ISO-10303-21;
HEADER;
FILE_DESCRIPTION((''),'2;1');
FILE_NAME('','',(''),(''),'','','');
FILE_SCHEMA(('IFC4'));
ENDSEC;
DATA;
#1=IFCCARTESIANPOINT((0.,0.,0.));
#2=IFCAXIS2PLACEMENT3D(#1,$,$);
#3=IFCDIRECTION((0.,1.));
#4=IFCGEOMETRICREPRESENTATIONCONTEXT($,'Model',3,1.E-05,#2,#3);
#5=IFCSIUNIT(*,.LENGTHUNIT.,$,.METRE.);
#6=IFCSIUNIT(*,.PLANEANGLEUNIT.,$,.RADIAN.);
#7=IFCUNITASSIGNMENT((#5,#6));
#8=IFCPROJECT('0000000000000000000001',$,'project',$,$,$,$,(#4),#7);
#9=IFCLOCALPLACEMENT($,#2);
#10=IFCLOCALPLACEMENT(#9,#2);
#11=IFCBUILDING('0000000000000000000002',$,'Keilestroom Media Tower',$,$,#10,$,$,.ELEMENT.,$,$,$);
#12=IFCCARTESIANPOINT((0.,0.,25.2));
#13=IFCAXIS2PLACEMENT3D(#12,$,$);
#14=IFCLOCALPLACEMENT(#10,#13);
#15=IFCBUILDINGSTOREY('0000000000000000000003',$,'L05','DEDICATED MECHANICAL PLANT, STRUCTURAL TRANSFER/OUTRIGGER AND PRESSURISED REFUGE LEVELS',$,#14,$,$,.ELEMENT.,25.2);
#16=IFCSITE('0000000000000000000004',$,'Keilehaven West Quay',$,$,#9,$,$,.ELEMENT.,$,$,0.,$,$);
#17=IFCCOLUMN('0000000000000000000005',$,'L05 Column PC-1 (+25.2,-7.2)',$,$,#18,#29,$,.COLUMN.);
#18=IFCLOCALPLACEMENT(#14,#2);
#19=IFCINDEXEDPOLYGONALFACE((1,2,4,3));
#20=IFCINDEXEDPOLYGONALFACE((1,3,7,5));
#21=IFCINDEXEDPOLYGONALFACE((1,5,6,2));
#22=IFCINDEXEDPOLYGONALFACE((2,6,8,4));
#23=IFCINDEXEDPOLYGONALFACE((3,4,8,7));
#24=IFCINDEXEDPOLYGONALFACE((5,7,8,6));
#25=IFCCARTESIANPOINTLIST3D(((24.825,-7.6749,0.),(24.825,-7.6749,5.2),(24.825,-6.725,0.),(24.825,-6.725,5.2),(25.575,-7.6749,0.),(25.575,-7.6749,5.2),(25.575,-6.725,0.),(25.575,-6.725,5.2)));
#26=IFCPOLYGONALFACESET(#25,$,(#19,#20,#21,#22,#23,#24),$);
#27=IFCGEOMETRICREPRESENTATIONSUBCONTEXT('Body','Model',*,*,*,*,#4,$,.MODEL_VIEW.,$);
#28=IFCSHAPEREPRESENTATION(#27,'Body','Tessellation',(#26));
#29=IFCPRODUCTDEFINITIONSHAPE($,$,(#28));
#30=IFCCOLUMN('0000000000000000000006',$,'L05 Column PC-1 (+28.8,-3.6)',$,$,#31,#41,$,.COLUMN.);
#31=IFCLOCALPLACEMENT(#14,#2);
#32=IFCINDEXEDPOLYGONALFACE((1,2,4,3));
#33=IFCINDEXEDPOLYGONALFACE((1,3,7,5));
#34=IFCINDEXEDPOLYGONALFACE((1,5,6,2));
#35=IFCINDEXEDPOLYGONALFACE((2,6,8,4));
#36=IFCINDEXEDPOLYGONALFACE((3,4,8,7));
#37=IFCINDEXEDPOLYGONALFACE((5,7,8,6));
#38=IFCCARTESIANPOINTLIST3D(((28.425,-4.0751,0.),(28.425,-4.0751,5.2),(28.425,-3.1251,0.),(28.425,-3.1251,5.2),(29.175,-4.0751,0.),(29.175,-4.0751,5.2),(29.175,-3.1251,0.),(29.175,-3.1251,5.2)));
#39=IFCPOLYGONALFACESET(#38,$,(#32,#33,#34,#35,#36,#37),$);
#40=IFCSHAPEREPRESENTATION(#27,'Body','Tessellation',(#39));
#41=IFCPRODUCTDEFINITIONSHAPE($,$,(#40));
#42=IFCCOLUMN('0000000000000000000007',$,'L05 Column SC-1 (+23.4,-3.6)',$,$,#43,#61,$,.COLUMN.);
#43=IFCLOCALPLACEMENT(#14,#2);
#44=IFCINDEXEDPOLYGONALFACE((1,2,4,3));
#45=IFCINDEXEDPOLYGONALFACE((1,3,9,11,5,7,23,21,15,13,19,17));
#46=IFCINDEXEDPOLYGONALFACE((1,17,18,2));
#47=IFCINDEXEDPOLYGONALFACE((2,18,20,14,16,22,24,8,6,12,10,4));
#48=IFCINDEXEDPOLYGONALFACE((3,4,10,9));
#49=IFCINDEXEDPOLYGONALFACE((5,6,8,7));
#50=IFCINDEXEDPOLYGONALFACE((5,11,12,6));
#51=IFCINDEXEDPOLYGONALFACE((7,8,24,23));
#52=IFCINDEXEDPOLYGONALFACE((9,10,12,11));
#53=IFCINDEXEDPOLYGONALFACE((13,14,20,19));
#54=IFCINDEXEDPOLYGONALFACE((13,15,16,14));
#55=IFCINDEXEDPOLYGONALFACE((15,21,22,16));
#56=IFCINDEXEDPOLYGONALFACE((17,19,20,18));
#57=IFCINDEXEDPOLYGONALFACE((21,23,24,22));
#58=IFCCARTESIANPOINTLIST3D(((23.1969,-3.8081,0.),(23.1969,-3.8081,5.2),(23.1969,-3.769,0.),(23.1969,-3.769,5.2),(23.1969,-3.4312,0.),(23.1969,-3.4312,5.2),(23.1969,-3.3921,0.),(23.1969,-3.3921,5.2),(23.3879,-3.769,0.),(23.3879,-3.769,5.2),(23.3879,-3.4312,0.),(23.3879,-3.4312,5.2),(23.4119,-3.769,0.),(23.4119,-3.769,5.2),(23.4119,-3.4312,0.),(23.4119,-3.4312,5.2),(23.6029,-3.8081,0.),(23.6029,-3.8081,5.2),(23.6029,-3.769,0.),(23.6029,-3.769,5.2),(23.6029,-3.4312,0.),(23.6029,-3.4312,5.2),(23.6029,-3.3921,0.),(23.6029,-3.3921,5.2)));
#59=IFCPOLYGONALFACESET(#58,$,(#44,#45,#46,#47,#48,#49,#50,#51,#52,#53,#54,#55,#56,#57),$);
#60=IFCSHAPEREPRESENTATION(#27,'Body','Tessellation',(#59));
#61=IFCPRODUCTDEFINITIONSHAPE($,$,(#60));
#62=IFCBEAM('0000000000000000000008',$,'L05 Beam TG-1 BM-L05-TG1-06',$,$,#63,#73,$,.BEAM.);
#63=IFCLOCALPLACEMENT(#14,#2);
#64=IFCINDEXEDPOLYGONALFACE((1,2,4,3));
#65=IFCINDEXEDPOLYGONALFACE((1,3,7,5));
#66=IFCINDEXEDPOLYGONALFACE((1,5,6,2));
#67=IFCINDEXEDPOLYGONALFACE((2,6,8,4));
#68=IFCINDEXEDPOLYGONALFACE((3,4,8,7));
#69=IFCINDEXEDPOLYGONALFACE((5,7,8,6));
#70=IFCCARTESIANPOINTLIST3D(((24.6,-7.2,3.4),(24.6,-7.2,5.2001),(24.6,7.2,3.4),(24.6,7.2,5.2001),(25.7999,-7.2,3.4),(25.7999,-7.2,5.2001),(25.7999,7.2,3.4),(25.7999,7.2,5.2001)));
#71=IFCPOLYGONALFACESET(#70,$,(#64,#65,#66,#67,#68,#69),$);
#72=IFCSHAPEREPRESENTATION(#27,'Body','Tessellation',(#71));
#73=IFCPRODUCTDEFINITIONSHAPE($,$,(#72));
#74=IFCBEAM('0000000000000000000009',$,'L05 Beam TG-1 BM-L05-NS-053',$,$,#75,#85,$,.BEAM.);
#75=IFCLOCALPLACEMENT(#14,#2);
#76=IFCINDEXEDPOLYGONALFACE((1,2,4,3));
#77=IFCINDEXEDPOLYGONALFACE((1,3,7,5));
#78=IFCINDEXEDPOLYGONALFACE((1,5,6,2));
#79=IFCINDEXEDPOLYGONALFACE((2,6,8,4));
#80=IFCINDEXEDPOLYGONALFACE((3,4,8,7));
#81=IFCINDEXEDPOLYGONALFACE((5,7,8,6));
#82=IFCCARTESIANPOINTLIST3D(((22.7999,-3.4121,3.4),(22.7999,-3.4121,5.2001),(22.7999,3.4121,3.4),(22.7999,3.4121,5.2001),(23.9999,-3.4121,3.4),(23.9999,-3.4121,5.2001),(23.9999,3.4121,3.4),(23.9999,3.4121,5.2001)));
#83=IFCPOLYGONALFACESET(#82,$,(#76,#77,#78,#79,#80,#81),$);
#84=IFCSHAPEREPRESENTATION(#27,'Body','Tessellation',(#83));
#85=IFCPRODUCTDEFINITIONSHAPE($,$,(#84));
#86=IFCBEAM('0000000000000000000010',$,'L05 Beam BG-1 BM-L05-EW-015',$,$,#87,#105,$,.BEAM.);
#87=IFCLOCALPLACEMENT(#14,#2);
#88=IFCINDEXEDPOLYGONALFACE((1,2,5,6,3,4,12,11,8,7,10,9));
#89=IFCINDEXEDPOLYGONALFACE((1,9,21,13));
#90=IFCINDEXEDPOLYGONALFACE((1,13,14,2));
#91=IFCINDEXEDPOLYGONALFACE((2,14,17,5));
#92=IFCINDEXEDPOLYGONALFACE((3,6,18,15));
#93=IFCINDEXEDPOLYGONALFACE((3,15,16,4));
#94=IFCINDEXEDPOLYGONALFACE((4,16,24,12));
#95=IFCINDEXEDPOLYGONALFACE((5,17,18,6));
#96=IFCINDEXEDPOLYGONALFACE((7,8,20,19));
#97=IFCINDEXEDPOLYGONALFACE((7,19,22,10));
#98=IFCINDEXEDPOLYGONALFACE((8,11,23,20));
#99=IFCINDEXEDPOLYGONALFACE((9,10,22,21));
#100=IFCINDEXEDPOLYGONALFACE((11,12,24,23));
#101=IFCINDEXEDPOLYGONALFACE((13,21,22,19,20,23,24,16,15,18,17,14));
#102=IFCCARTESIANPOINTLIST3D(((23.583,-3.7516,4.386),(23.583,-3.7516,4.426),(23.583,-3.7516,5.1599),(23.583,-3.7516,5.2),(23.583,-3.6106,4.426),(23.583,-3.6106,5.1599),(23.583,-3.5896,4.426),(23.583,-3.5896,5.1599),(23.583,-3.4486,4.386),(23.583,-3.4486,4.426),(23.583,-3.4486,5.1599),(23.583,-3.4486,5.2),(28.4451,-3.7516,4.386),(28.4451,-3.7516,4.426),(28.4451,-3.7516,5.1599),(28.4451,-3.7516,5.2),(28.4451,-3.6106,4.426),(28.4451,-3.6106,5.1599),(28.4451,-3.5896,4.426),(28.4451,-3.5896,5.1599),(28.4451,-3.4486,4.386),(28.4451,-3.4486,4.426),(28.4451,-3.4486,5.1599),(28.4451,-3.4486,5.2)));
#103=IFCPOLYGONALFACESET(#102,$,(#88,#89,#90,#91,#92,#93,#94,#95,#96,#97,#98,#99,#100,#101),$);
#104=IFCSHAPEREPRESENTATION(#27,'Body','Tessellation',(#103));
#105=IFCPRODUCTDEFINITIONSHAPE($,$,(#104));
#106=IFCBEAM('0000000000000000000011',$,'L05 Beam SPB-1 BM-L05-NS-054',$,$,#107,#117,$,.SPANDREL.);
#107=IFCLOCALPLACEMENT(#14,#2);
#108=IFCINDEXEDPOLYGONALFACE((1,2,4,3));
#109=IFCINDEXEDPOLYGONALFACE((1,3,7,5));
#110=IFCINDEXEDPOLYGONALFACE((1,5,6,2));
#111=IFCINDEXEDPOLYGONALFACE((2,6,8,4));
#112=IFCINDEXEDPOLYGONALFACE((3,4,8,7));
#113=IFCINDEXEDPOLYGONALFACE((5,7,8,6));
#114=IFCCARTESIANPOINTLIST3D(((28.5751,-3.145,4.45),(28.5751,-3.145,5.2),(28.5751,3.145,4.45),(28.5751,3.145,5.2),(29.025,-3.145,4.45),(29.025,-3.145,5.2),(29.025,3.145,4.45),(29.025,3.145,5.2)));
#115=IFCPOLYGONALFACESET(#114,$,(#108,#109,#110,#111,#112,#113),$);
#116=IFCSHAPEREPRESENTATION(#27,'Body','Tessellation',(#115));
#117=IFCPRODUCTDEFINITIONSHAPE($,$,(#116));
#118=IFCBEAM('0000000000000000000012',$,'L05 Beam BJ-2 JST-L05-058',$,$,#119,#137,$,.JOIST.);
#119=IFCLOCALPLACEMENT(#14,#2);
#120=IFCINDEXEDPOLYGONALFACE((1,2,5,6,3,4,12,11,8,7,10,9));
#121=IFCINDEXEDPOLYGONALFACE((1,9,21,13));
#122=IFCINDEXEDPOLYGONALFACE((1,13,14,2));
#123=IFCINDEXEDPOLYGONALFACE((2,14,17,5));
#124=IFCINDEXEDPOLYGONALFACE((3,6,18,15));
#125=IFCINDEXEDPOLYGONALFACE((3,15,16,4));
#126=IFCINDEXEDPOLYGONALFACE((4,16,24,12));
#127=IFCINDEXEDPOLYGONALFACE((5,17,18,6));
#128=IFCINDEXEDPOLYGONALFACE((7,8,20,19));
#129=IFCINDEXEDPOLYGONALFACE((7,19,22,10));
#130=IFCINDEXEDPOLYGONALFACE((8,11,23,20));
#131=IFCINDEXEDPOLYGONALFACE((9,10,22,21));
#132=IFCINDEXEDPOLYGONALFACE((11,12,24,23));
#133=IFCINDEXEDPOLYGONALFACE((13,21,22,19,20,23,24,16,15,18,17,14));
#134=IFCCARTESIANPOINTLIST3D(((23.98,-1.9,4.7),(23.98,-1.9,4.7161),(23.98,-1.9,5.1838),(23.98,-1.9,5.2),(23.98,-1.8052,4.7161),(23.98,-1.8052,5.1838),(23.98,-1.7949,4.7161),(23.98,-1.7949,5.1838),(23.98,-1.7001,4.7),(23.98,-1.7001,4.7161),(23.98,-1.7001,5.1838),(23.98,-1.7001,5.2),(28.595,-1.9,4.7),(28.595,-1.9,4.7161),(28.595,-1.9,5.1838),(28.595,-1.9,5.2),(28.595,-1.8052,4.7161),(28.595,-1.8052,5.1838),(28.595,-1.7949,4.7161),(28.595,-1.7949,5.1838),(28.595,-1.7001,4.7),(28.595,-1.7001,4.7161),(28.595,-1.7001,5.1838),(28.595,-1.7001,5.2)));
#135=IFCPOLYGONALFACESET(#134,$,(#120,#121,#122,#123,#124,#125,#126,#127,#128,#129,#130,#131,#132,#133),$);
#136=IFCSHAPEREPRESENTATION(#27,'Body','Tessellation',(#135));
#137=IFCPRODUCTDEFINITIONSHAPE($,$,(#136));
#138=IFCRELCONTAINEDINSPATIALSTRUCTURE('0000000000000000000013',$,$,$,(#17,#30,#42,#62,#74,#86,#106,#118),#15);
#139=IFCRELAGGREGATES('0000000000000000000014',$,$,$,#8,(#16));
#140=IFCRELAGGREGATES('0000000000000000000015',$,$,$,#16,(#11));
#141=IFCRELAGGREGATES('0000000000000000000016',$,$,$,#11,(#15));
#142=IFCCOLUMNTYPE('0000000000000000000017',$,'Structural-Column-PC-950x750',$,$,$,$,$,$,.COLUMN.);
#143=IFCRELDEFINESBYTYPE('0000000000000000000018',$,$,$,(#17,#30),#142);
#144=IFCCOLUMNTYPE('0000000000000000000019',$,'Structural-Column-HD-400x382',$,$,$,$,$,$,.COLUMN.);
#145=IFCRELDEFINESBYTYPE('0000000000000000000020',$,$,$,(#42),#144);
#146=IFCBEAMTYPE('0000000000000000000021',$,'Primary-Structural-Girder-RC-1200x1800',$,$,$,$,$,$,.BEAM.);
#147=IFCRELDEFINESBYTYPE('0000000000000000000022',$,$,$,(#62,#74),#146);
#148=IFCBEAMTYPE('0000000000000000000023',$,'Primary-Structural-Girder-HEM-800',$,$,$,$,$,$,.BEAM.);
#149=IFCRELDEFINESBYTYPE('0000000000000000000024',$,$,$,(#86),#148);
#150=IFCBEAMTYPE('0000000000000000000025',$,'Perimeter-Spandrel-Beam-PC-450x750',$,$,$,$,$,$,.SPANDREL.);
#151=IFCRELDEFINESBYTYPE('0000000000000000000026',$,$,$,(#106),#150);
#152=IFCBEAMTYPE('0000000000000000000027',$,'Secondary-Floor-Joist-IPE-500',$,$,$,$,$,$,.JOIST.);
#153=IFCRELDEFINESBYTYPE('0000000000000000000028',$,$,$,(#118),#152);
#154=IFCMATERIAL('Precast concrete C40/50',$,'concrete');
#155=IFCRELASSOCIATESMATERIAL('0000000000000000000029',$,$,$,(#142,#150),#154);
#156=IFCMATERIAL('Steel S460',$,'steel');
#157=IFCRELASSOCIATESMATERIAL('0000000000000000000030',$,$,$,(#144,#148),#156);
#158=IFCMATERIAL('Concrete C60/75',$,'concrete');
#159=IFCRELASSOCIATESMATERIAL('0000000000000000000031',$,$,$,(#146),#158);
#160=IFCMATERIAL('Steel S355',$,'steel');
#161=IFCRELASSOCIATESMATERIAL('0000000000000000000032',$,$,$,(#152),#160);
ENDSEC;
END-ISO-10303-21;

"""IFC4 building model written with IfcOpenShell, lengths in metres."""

from ifc_helpers import new_model, si_unit, direction, frame, origin, origin_2d, place, context, subcontext, project, spatial, rectangle, i_section, extrude, source, transform, mapped, material, material_profile, profile_set, type_object, element, save


model = new_model("IFC4")

# Units and contexts
model_context = context("Model", 3, precision=1e-05, world=origin(), true_north=direction((0.0, 1.0)))
body_context = subcontext(model_context, "Body", "Model", "MODEL_VIEW")
ifc_project = project(units=[si_unit("LENGTHUNIT", "METRE"), si_unit("PLANEANGLEUNIT", "RADIAN")], contexts=[model_context])

# Site, building, storey
site_placement = place(None, origin())
site = spatial("IfcSite", under=ifc_project, at=site_placement, Name="Keilehaven West Quay", CompositionType="ELEMENT", RefElevation=0.0)
building_placement = place(site_placement, origin())
building = spatial("IfcBuilding", under=site, at=building_placement, Name="Keilestroom Media Tower", CompositionType="ELEMENT")
storey_placement = place(building_placement, frame((0.0, 0.0, 25.2)))
storey = spatial("IfcBuildingStorey", under=building, at=storey_placement, Name="L05", Description="DEDICATED MECHANICAL PLANT, STRUCTURAL TRANSFER/OUTRIGGER AND PRESSURISED REFUGE LEVELS", CompositionType="ELEMENT", Elevation=25.2)

# Columns
ifc_material_1 = material(Name="Precast concrete C40/50", Category="concrete")
ifc_material_profile_1 = material_profile(ifc_material_1, rectangle(XDim=0.75, YDim=0.95, at=origin_2d()), Name="PC 950x750")
ifc_profile_set_1 = profile_set([ifc_material_profile_1], Name="Precast concrete C40/50")
column_type_1 = type_object("IfcColumnType", Name="Structural-Column-PC-950x750", PredefinedType="COLUMN", material=ifc_profile_set_1)
shared_shape_1 = source(origin(), body_context, "Body", "SweptSolid", [
    extrude(rectangle(XDim=0.75, YDim=0.95, at=origin_2d()), origin(), (0.0, 0.0, 1.0), 5.2),
])
for number, where, z_axis, x_axis, name in (
    (1, (25.2, -7.2, 0.0), (0.0, 0.0, 1.0), (1.0, 0.0, 0.0), "L05 Column PC-1 (+25.2,-7.2)"),
    (2, (28.8, -3.6001, 0.0), (0.0, 0.0, 1.0), (1.0, 0.0, 0.0), "L05 Column PC-1 (+28.8,-3.6)"),
):
    element("IfcColumn", number, at=place(storey_placement, frame(where, z_axis=z_axis, x_axis=x_axis)), inside=storey, type_object=column_type_1, Name=name, PredefinedType="COLUMN", context=body_context, shape_type="MappedRepresentation", body=[
        mapped(shared_shape_1, transform((0.0, 0.0, 0.0), x_axis=(1.0, 0.0, 0.0), y_axis=(0.0, 1.0, 0.0), z_axis=(0.0, 0.0, 1.0), scale=1.0)),
    ])
ifc_material_2 = material(Name="Steel S460", Category="steel")
ifc_material_profile_2 = material_profile(ifc_material_2, i_section(OverallWidth=0.406, OverallDepth=0.416, WebThickness=0.0239, FlangeThickness=0.0391, at=origin_2d()), Name="HD 400x382")
ifc_profile_set_2 = profile_set([ifc_material_profile_2], Name="Steel S460")
column_type_2 = type_object("IfcColumnType", Name="Structural-Column-HD-400x382", PredefinedType="COLUMN", material=ifc_profile_set_2)
shared_shape_2 = source(origin(), body_context, "Body", "SweptSolid", [
    extrude(i_section(OverallWidth=0.406, OverallDepth=0.416, WebThickness=0.0239, FlangeThickness=0.0391, at=origin_2d()), origin(), (0.0, 0.0, 1.0), 5.2),
])
column_placement = place(storey_placement, frame((23.3999, -3.6001, 0.0), z_axis=(0.0, 0.0, 1.0), x_axis=(1.0, 0.0, 0.0)))
element("IfcColumn", 3, at=column_placement, inside=storey, type_object=column_type_2, Name="L05 Column SC-1 (+23.4,-3.6)", PredefinedType="COLUMN", context=body_context, shape_type="MappedRepresentation", body=[
    mapped(shared_shape_2, transform((0.0, 0.0, 0.0), x_axis=(1.0, 0.0, 0.0), y_axis=(0.0, 1.0, 0.0), z_axis=(0.0, 0.0, 1.0), scale=1.0)),
])

# Beams
ifc_material_3 = material(Name="Concrete C60/75", Category="concrete")
ifc_material_profile_3 = material_profile(ifc_material_3, rectangle(XDim=1.2, YDim=1.8, at=origin_2d()), Name="RC 1200x1800")
ifc_profile_set_3 = profile_set([ifc_material_profile_3], Name="Concrete C60/75")
beam_type_1 = type_object("IfcBeamType", Name="Primary-Structural-Girder-RC-1200x1800", PredefinedType="BEAM", material=ifc_profile_set_3)
shared_shape_3 = source(origin(), body_context, "Body", "SweptSolid", [
    extrude(rectangle(XDim=1.2, YDim=1.8, at=origin_2d()), origin(), (0.0, 0.0, 1.0), 14.3999),
])
beam_1_placement = place(storey_placement, frame((25.2, -7.2, 4.3), z_axis=(0.0, 1.0, 0.0), x_axis=(-1.0, 0.0, 0.0)))
element("IfcBeam", 4, at=beam_1_placement, inside=storey, type_object=beam_type_1, Name="L05 Beam TG-1 BM-L05-TG1-06", PredefinedType="BEAM", context=body_context, shape_type="MappedRepresentation", body=[
    mapped(shared_shape_3, transform((0.0, 0.0, 0.0), x_axis=(1.0, 0.0, 0.0), y_axis=(0.0, 1.0, 0.0), z_axis=(0.0, 0.0, 1.0), scale=1.0)),
])
shared_shape_4 = source(origin(), body_context, "Body", "SweptSolid", [
    extrude(rectangle(XDim=1.2, YDim=1.8, at=origin_2d()), origin(), (0.0, 0.0, 1.0), 6.8242),
])
beam_2_placement = place(storey_placement, frame((23.3999, -3.4121, 4.3), z_axis=(0.0, 1.0, 0.0), x_axis=(-1.0, 0.0, 0.0)))
element("IfcBeam", 5, at=beam_2_placement, inside=storey, type_object=beam_type_1, Name="L05 Beam TG-1 BM-L05-NS-053", PredefinedType="BEAM", context=body_context, shape_type="MappedRepresentation", body=[
    mapped(shared_shape_4, transform((0.0, 0.0, 0.0), x_axis=(1.0, 0.0, 0.0), y_axis=(0.0, 1.0, 0.0), z_axis=(0.0, 0.0, 1.0), scale=1.0)),
])
ifc_material_profile_4 = material_profile(ifc_material_2, i_section(OverallWidth=0.303, OverallDepth=0.814, WebThickness=0.021, FlangeThickness=0.04, at=origin_2d()), Name="HEM 800")
ifc_profile_set_4 = profile_set([ifc_material_profile_4], Name="Steel S460")
beam_type_2 = type_object("IfcBeamType", Name="Primary-Structural-Girder-HEM-800", PredefinedType="BEAM", material=ifc_profile_set_4)
shared_shape_5 = source(origin(), body_context, "Body", "SweptSolid", [
    extrude(i_section(OverallWidth=0.303, OverallDepth=0.814, WebThickness=0.021, FlangeThickness=0.04, at=origin_2d()), origin(), (0.0, 0.0, 1.0), 4.8621),
])
beam_3_placement = place(storey_placement, frame((23.583, -3.6001, 4.793), z_axis=(1.0, 0.0, 0.0), x_axis=(0.0, 1.0, 0.0)))
element("IfcBeam", 6, at=beam_3_placement, inside=storey, type_object=beam_type_2, Name="L05 Beam BG-1 BM-L05-EW-015", PredefinedType="BEAM", context=body_context, shape_type="MappedRepresentation", body=[
    mapped(shared_shape_5, transform((0.0, 0.0, 0.0), x_axis=(1.0, 0.0, 0.0), y_axis=(0.0, 1.0, 0.0), z_axis=(0.0, 0.0, 1.0), scale=1.0)),
])
ifc_material_profile_5 = material_profile(ifc_material_1, rectangle(XDim=0.45, YDim=0.75, at=origin_2d()), Name="PC 450x750")
ifc_profile_set_5 = profile_set([ifc_material_profile_5], Name="Precast concrete C40/50")
beam_type_3 = type_object("IfcBeamType", Name="Perimeter-Spandrel-Beam-PC-450x750", PredefinedType="SPANDREL", material=ifc_profile_set_5)
shared_shape_6 = source(origin(), body_context, "Body", "SweptSolid", [
    extrude(rectangle(XDim=0.45, YDim=0.75, at=origin_2d()), origin(), (0.0, 0.0, 1.0), 6.29),
])
beam_4_placement = place(storey_placement, frame((28.8, -3.145, 4.825), z_axis=(0.0, 1.0, 0.0), x_axis=(-1.0, 0.0, 0.0)))
element("IfcBeam", 7, at=beam_4_placement, inside=storey, type_object=beam_type_3, Name="L05 Beam SPB-1 BM-L05-NS-054", PredefinedType="SPANDREL", context=body_context, shape_type="MappedRepresentation", body=[
    mapped(shared_shape_6, transform((0.0, 0.0, 0.0), x_axis=(1.0, 0.0, 0.0), y_axis=(0.0, 1.0, 0.0), z_axis=(0.0, 0.0, 1.0), scale=1.0)),
])
ifc_material_4 = material(Name="Steel S355", Category="steel")
ifc_material_profile_6 = material_profile(ifc_material_4, i_section(OverallWidth=0.2, OverallDepth=0.5, WebThickness=0.0103, FlangeThickness=0.0161, at=origin_2d()), Name="IPE 500")
ifc_profile_set_6 = profile_set([ifc_material_profile_6], Name="Steel S355")
beam_type_4 = type_object("IfcBeamType", Name="Secondary-Floor-Joist-IPE-500", PredefinedType="JOIST", material=ifc_profile_set_6)
shared_shape_7 = source(origin(), body_context, "Body", "SweptSolid", [
    extrude(i_section(OverallWidth=0.2, OverallDepth=0.5, WebThickness=0.0103, FlangeThickness=0.0161, at=origin_2d()), origin(), (0.0, 0.0, 1.0), 4.615),
])
beam_5_placement = place(storey_placement, frame((23.98, -1.8, 4.95), z_axis=(1.0, 0.0, 0.0), x_axis=(0.0, 1.0, 0.0)))
element("IfcBeam", 8, at=beam_5_placement, inside=storey, type_object=beam_type_4, Name="L05 Beam BJ-2 JST-L05-058", PredefinedType="JOIST", context=body_context, shape_type="MappedRepresentation", body=[
    mapped(shared_shape_7, transform((0.0, 0.0, 0.0), x_axis=(1.0, 0.0, 0.0), y_axis=(0.0, 1.0, 0.0), z_axis=(0.0, 0.0, 1.0), scale=1.0)),
])

save(model, "model.ifc")
